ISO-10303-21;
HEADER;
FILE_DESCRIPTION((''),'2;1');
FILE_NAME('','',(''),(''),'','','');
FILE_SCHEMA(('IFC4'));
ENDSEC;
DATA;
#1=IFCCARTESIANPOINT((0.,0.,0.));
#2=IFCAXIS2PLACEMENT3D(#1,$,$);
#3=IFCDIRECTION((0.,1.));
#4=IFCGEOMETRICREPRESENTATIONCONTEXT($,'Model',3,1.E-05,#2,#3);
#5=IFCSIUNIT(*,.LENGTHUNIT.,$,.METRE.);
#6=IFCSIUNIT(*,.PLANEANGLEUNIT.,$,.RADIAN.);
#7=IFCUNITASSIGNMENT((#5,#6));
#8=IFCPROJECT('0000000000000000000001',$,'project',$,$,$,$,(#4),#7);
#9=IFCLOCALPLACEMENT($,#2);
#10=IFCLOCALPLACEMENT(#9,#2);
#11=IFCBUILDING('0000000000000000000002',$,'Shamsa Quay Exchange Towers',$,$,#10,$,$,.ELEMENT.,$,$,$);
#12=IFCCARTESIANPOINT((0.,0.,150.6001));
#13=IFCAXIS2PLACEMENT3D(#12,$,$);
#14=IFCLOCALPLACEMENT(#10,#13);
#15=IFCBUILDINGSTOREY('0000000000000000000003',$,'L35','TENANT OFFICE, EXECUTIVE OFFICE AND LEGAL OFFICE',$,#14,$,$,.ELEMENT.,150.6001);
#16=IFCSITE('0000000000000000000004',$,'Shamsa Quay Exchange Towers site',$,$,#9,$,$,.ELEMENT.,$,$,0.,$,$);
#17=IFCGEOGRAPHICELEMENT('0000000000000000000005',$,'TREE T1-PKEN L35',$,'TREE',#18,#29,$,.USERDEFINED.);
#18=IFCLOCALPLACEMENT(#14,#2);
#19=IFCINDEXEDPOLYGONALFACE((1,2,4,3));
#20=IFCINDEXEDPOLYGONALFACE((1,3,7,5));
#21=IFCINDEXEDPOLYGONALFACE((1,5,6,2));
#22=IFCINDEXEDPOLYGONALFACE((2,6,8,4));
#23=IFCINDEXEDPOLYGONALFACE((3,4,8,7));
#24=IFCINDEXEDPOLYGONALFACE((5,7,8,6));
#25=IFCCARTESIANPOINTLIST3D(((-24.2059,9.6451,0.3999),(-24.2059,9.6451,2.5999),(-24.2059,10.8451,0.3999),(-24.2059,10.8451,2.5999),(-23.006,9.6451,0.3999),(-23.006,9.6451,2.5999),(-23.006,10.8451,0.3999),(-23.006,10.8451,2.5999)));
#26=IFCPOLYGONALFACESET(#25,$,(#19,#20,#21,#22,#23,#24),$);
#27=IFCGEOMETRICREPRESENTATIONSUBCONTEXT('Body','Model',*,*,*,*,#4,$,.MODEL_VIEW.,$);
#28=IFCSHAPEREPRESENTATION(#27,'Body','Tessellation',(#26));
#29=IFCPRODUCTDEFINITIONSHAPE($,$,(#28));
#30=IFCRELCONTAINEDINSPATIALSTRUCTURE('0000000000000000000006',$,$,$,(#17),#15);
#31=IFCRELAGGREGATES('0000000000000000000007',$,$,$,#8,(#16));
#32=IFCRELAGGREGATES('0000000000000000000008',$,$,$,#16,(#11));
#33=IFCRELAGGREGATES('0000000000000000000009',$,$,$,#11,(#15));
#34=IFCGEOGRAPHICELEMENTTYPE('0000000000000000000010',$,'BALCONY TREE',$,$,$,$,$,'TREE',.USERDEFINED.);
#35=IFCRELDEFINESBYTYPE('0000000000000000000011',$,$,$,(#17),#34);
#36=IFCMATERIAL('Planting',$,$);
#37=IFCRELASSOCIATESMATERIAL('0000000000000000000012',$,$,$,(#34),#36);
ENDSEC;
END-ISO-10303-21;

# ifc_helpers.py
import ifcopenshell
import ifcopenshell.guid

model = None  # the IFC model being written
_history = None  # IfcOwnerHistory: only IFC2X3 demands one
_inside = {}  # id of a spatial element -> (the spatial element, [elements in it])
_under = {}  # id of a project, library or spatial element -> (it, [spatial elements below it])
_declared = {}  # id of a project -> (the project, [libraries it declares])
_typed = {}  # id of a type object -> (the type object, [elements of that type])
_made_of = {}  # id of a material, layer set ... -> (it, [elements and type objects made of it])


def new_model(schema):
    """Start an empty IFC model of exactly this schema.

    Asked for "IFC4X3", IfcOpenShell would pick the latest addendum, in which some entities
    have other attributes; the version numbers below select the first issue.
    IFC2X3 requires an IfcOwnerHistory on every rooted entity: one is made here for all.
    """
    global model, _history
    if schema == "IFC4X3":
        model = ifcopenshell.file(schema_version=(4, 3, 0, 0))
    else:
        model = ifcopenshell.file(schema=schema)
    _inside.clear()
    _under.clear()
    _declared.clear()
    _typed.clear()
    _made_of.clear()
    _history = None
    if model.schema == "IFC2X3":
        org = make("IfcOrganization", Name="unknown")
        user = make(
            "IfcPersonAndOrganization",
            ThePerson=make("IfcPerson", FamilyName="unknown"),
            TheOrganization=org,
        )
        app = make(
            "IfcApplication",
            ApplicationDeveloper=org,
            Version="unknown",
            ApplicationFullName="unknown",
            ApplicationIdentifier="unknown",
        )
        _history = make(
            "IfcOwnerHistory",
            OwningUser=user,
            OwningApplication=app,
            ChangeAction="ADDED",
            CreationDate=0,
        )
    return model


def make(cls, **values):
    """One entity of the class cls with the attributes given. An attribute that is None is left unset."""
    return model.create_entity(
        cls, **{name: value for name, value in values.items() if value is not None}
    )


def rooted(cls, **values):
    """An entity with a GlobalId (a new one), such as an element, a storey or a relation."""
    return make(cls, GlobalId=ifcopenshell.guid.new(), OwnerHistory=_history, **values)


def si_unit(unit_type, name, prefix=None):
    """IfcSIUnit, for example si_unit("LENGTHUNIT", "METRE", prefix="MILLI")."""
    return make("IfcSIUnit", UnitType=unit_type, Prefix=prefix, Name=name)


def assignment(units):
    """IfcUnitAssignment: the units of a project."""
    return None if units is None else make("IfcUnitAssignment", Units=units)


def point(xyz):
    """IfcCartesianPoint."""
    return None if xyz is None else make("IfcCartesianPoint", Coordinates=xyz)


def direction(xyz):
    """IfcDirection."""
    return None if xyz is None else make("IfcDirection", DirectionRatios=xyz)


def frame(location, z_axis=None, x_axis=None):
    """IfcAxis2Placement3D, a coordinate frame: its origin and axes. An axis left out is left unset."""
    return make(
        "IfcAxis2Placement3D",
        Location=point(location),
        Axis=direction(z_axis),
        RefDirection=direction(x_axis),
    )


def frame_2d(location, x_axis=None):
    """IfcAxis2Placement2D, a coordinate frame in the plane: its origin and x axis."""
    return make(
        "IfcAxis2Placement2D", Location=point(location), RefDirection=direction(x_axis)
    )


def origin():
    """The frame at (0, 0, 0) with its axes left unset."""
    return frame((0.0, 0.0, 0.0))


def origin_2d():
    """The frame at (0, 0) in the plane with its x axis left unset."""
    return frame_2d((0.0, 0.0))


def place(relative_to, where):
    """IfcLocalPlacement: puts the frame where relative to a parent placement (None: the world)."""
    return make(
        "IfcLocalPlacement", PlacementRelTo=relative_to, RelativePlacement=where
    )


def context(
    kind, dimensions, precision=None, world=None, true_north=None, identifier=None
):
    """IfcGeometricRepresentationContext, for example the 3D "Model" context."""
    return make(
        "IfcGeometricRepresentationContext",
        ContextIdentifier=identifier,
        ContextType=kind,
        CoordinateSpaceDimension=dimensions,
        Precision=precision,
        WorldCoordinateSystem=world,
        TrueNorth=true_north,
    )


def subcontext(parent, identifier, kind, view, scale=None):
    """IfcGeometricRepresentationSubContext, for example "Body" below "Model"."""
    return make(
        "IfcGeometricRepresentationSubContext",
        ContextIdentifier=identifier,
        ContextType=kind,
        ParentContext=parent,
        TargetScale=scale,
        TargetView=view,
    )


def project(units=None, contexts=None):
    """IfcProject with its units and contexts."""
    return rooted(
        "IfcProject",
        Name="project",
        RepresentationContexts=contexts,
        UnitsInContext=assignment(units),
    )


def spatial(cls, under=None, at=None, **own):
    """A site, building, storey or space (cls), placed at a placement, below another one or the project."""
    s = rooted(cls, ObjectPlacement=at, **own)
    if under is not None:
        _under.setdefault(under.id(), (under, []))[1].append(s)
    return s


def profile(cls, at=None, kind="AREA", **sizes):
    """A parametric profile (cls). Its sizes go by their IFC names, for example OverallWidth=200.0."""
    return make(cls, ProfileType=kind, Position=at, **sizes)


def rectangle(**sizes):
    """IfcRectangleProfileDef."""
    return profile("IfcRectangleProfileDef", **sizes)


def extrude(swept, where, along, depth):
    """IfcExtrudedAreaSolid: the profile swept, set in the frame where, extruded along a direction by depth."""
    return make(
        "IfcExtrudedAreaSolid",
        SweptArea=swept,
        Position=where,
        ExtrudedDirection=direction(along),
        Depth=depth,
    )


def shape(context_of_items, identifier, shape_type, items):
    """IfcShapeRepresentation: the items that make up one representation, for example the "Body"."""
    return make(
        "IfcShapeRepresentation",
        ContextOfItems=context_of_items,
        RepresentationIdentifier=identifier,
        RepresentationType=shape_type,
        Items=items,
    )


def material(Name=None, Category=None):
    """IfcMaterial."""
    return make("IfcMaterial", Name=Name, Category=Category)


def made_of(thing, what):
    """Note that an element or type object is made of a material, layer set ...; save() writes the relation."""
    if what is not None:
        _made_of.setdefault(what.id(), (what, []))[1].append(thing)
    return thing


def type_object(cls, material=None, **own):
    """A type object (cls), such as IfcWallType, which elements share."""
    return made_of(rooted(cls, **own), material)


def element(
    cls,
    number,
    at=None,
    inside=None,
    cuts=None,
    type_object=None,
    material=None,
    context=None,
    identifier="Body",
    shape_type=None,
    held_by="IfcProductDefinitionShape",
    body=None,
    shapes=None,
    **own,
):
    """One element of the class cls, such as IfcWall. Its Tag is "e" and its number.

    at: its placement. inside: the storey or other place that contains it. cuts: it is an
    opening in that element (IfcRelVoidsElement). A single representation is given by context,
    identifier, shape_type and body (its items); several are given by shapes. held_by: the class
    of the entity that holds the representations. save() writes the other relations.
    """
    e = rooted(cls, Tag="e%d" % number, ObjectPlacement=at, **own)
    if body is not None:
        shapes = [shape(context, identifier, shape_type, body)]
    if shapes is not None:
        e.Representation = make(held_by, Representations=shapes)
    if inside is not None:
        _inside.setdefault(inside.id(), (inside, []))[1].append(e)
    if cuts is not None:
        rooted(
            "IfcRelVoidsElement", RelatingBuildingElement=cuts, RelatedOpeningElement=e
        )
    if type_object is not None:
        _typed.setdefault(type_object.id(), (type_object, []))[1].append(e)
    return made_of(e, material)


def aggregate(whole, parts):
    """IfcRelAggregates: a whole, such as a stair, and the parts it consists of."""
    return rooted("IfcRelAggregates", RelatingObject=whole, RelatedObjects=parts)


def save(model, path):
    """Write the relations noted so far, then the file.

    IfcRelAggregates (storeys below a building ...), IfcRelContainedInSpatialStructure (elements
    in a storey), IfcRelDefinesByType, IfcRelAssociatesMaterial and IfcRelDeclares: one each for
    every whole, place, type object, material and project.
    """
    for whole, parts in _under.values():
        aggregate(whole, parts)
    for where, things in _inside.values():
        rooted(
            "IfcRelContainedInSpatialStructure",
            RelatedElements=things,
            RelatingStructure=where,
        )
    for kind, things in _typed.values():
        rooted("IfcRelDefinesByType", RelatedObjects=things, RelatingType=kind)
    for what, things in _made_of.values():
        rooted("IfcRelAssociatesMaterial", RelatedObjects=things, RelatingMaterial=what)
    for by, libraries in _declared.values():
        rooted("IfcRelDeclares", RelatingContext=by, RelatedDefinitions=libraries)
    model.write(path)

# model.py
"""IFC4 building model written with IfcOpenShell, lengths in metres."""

from ifc_helpers import new_model, si_unit, direction, frame, origin, origin_2d, place, context, subcontext, project, spatial, rectangle, extrude, material, type_object, element, save


model = new_model("IFC4")

# Units and contexts
model_context = context("Model", 3, precision=1e-05, world=origin(), true_north=direction((0.0, 1.0)))
body_context = subcontext(model_context, "Body", "Model", "MODEL_VIEW")
ifc_project = project(units=[si_unit("LENGTHUNIT", "METRE"), si_unit("PLANEANGLEUNIT", "RADIAN")], contexts=[model_context])

# Site, building, storey
site_placement = place(None, origin())
site = spatial("IfcSite", under=ifc_project, at=site_placement, Name="Shamsa Quay Exchange Towers site", CompositionType="ELEMENT", RefElevation=0.0)
building_placement = place(site_placement, origin())
building = spatial("IfcBuilding", under=site, at=building_placement, Name="Shamsa Quay Exchange Towers", CompositionType="ELEMENT")
storey_placement = place(building_placement, frame((0.0, 0.0, 150.6001)))
storey = spatial("IfcBuildingStorey", under=building, at=storey_placement, Name="L35", Description="TENANT OFFICE, EXECUTIVE OFFICE AND LEGAL OFFICE", CompositionType="ELEMENT", Elevation=150.6001)

# Geographic element
ifc_material_1 = material(Name="Planting")
geographic_element_type = type_object("IfcGeographicElementType", Name="BALCONY TREE", ElementType="TREE", PredefinedType="USERDEFINED", material=ifc_material_1)
geographic_element_placement = place(storey_placement, frame((-23.606, 10.2451, 0.3999), z_axis=(0.0, 0.0, 1.0), x_axis=(-1.0, 0.0, 0.0)))
element("IfcGeographicElement", 1, at=geographic_element_placement, inside=storey, type_object=geographic_element_type, Name="TREE T1-PKEN L35", ObjectType="TREE", PredefinedType="USERDEFINED", context=body_context, shape_type="SweptSolid", body=[
    extrude(rectangle(XDim=1.2, YDim=1.2, at=origin_2d()), origin(), (0.0, 0.0, 1.0), 2.2),
])

save(model, "model.ifc")
